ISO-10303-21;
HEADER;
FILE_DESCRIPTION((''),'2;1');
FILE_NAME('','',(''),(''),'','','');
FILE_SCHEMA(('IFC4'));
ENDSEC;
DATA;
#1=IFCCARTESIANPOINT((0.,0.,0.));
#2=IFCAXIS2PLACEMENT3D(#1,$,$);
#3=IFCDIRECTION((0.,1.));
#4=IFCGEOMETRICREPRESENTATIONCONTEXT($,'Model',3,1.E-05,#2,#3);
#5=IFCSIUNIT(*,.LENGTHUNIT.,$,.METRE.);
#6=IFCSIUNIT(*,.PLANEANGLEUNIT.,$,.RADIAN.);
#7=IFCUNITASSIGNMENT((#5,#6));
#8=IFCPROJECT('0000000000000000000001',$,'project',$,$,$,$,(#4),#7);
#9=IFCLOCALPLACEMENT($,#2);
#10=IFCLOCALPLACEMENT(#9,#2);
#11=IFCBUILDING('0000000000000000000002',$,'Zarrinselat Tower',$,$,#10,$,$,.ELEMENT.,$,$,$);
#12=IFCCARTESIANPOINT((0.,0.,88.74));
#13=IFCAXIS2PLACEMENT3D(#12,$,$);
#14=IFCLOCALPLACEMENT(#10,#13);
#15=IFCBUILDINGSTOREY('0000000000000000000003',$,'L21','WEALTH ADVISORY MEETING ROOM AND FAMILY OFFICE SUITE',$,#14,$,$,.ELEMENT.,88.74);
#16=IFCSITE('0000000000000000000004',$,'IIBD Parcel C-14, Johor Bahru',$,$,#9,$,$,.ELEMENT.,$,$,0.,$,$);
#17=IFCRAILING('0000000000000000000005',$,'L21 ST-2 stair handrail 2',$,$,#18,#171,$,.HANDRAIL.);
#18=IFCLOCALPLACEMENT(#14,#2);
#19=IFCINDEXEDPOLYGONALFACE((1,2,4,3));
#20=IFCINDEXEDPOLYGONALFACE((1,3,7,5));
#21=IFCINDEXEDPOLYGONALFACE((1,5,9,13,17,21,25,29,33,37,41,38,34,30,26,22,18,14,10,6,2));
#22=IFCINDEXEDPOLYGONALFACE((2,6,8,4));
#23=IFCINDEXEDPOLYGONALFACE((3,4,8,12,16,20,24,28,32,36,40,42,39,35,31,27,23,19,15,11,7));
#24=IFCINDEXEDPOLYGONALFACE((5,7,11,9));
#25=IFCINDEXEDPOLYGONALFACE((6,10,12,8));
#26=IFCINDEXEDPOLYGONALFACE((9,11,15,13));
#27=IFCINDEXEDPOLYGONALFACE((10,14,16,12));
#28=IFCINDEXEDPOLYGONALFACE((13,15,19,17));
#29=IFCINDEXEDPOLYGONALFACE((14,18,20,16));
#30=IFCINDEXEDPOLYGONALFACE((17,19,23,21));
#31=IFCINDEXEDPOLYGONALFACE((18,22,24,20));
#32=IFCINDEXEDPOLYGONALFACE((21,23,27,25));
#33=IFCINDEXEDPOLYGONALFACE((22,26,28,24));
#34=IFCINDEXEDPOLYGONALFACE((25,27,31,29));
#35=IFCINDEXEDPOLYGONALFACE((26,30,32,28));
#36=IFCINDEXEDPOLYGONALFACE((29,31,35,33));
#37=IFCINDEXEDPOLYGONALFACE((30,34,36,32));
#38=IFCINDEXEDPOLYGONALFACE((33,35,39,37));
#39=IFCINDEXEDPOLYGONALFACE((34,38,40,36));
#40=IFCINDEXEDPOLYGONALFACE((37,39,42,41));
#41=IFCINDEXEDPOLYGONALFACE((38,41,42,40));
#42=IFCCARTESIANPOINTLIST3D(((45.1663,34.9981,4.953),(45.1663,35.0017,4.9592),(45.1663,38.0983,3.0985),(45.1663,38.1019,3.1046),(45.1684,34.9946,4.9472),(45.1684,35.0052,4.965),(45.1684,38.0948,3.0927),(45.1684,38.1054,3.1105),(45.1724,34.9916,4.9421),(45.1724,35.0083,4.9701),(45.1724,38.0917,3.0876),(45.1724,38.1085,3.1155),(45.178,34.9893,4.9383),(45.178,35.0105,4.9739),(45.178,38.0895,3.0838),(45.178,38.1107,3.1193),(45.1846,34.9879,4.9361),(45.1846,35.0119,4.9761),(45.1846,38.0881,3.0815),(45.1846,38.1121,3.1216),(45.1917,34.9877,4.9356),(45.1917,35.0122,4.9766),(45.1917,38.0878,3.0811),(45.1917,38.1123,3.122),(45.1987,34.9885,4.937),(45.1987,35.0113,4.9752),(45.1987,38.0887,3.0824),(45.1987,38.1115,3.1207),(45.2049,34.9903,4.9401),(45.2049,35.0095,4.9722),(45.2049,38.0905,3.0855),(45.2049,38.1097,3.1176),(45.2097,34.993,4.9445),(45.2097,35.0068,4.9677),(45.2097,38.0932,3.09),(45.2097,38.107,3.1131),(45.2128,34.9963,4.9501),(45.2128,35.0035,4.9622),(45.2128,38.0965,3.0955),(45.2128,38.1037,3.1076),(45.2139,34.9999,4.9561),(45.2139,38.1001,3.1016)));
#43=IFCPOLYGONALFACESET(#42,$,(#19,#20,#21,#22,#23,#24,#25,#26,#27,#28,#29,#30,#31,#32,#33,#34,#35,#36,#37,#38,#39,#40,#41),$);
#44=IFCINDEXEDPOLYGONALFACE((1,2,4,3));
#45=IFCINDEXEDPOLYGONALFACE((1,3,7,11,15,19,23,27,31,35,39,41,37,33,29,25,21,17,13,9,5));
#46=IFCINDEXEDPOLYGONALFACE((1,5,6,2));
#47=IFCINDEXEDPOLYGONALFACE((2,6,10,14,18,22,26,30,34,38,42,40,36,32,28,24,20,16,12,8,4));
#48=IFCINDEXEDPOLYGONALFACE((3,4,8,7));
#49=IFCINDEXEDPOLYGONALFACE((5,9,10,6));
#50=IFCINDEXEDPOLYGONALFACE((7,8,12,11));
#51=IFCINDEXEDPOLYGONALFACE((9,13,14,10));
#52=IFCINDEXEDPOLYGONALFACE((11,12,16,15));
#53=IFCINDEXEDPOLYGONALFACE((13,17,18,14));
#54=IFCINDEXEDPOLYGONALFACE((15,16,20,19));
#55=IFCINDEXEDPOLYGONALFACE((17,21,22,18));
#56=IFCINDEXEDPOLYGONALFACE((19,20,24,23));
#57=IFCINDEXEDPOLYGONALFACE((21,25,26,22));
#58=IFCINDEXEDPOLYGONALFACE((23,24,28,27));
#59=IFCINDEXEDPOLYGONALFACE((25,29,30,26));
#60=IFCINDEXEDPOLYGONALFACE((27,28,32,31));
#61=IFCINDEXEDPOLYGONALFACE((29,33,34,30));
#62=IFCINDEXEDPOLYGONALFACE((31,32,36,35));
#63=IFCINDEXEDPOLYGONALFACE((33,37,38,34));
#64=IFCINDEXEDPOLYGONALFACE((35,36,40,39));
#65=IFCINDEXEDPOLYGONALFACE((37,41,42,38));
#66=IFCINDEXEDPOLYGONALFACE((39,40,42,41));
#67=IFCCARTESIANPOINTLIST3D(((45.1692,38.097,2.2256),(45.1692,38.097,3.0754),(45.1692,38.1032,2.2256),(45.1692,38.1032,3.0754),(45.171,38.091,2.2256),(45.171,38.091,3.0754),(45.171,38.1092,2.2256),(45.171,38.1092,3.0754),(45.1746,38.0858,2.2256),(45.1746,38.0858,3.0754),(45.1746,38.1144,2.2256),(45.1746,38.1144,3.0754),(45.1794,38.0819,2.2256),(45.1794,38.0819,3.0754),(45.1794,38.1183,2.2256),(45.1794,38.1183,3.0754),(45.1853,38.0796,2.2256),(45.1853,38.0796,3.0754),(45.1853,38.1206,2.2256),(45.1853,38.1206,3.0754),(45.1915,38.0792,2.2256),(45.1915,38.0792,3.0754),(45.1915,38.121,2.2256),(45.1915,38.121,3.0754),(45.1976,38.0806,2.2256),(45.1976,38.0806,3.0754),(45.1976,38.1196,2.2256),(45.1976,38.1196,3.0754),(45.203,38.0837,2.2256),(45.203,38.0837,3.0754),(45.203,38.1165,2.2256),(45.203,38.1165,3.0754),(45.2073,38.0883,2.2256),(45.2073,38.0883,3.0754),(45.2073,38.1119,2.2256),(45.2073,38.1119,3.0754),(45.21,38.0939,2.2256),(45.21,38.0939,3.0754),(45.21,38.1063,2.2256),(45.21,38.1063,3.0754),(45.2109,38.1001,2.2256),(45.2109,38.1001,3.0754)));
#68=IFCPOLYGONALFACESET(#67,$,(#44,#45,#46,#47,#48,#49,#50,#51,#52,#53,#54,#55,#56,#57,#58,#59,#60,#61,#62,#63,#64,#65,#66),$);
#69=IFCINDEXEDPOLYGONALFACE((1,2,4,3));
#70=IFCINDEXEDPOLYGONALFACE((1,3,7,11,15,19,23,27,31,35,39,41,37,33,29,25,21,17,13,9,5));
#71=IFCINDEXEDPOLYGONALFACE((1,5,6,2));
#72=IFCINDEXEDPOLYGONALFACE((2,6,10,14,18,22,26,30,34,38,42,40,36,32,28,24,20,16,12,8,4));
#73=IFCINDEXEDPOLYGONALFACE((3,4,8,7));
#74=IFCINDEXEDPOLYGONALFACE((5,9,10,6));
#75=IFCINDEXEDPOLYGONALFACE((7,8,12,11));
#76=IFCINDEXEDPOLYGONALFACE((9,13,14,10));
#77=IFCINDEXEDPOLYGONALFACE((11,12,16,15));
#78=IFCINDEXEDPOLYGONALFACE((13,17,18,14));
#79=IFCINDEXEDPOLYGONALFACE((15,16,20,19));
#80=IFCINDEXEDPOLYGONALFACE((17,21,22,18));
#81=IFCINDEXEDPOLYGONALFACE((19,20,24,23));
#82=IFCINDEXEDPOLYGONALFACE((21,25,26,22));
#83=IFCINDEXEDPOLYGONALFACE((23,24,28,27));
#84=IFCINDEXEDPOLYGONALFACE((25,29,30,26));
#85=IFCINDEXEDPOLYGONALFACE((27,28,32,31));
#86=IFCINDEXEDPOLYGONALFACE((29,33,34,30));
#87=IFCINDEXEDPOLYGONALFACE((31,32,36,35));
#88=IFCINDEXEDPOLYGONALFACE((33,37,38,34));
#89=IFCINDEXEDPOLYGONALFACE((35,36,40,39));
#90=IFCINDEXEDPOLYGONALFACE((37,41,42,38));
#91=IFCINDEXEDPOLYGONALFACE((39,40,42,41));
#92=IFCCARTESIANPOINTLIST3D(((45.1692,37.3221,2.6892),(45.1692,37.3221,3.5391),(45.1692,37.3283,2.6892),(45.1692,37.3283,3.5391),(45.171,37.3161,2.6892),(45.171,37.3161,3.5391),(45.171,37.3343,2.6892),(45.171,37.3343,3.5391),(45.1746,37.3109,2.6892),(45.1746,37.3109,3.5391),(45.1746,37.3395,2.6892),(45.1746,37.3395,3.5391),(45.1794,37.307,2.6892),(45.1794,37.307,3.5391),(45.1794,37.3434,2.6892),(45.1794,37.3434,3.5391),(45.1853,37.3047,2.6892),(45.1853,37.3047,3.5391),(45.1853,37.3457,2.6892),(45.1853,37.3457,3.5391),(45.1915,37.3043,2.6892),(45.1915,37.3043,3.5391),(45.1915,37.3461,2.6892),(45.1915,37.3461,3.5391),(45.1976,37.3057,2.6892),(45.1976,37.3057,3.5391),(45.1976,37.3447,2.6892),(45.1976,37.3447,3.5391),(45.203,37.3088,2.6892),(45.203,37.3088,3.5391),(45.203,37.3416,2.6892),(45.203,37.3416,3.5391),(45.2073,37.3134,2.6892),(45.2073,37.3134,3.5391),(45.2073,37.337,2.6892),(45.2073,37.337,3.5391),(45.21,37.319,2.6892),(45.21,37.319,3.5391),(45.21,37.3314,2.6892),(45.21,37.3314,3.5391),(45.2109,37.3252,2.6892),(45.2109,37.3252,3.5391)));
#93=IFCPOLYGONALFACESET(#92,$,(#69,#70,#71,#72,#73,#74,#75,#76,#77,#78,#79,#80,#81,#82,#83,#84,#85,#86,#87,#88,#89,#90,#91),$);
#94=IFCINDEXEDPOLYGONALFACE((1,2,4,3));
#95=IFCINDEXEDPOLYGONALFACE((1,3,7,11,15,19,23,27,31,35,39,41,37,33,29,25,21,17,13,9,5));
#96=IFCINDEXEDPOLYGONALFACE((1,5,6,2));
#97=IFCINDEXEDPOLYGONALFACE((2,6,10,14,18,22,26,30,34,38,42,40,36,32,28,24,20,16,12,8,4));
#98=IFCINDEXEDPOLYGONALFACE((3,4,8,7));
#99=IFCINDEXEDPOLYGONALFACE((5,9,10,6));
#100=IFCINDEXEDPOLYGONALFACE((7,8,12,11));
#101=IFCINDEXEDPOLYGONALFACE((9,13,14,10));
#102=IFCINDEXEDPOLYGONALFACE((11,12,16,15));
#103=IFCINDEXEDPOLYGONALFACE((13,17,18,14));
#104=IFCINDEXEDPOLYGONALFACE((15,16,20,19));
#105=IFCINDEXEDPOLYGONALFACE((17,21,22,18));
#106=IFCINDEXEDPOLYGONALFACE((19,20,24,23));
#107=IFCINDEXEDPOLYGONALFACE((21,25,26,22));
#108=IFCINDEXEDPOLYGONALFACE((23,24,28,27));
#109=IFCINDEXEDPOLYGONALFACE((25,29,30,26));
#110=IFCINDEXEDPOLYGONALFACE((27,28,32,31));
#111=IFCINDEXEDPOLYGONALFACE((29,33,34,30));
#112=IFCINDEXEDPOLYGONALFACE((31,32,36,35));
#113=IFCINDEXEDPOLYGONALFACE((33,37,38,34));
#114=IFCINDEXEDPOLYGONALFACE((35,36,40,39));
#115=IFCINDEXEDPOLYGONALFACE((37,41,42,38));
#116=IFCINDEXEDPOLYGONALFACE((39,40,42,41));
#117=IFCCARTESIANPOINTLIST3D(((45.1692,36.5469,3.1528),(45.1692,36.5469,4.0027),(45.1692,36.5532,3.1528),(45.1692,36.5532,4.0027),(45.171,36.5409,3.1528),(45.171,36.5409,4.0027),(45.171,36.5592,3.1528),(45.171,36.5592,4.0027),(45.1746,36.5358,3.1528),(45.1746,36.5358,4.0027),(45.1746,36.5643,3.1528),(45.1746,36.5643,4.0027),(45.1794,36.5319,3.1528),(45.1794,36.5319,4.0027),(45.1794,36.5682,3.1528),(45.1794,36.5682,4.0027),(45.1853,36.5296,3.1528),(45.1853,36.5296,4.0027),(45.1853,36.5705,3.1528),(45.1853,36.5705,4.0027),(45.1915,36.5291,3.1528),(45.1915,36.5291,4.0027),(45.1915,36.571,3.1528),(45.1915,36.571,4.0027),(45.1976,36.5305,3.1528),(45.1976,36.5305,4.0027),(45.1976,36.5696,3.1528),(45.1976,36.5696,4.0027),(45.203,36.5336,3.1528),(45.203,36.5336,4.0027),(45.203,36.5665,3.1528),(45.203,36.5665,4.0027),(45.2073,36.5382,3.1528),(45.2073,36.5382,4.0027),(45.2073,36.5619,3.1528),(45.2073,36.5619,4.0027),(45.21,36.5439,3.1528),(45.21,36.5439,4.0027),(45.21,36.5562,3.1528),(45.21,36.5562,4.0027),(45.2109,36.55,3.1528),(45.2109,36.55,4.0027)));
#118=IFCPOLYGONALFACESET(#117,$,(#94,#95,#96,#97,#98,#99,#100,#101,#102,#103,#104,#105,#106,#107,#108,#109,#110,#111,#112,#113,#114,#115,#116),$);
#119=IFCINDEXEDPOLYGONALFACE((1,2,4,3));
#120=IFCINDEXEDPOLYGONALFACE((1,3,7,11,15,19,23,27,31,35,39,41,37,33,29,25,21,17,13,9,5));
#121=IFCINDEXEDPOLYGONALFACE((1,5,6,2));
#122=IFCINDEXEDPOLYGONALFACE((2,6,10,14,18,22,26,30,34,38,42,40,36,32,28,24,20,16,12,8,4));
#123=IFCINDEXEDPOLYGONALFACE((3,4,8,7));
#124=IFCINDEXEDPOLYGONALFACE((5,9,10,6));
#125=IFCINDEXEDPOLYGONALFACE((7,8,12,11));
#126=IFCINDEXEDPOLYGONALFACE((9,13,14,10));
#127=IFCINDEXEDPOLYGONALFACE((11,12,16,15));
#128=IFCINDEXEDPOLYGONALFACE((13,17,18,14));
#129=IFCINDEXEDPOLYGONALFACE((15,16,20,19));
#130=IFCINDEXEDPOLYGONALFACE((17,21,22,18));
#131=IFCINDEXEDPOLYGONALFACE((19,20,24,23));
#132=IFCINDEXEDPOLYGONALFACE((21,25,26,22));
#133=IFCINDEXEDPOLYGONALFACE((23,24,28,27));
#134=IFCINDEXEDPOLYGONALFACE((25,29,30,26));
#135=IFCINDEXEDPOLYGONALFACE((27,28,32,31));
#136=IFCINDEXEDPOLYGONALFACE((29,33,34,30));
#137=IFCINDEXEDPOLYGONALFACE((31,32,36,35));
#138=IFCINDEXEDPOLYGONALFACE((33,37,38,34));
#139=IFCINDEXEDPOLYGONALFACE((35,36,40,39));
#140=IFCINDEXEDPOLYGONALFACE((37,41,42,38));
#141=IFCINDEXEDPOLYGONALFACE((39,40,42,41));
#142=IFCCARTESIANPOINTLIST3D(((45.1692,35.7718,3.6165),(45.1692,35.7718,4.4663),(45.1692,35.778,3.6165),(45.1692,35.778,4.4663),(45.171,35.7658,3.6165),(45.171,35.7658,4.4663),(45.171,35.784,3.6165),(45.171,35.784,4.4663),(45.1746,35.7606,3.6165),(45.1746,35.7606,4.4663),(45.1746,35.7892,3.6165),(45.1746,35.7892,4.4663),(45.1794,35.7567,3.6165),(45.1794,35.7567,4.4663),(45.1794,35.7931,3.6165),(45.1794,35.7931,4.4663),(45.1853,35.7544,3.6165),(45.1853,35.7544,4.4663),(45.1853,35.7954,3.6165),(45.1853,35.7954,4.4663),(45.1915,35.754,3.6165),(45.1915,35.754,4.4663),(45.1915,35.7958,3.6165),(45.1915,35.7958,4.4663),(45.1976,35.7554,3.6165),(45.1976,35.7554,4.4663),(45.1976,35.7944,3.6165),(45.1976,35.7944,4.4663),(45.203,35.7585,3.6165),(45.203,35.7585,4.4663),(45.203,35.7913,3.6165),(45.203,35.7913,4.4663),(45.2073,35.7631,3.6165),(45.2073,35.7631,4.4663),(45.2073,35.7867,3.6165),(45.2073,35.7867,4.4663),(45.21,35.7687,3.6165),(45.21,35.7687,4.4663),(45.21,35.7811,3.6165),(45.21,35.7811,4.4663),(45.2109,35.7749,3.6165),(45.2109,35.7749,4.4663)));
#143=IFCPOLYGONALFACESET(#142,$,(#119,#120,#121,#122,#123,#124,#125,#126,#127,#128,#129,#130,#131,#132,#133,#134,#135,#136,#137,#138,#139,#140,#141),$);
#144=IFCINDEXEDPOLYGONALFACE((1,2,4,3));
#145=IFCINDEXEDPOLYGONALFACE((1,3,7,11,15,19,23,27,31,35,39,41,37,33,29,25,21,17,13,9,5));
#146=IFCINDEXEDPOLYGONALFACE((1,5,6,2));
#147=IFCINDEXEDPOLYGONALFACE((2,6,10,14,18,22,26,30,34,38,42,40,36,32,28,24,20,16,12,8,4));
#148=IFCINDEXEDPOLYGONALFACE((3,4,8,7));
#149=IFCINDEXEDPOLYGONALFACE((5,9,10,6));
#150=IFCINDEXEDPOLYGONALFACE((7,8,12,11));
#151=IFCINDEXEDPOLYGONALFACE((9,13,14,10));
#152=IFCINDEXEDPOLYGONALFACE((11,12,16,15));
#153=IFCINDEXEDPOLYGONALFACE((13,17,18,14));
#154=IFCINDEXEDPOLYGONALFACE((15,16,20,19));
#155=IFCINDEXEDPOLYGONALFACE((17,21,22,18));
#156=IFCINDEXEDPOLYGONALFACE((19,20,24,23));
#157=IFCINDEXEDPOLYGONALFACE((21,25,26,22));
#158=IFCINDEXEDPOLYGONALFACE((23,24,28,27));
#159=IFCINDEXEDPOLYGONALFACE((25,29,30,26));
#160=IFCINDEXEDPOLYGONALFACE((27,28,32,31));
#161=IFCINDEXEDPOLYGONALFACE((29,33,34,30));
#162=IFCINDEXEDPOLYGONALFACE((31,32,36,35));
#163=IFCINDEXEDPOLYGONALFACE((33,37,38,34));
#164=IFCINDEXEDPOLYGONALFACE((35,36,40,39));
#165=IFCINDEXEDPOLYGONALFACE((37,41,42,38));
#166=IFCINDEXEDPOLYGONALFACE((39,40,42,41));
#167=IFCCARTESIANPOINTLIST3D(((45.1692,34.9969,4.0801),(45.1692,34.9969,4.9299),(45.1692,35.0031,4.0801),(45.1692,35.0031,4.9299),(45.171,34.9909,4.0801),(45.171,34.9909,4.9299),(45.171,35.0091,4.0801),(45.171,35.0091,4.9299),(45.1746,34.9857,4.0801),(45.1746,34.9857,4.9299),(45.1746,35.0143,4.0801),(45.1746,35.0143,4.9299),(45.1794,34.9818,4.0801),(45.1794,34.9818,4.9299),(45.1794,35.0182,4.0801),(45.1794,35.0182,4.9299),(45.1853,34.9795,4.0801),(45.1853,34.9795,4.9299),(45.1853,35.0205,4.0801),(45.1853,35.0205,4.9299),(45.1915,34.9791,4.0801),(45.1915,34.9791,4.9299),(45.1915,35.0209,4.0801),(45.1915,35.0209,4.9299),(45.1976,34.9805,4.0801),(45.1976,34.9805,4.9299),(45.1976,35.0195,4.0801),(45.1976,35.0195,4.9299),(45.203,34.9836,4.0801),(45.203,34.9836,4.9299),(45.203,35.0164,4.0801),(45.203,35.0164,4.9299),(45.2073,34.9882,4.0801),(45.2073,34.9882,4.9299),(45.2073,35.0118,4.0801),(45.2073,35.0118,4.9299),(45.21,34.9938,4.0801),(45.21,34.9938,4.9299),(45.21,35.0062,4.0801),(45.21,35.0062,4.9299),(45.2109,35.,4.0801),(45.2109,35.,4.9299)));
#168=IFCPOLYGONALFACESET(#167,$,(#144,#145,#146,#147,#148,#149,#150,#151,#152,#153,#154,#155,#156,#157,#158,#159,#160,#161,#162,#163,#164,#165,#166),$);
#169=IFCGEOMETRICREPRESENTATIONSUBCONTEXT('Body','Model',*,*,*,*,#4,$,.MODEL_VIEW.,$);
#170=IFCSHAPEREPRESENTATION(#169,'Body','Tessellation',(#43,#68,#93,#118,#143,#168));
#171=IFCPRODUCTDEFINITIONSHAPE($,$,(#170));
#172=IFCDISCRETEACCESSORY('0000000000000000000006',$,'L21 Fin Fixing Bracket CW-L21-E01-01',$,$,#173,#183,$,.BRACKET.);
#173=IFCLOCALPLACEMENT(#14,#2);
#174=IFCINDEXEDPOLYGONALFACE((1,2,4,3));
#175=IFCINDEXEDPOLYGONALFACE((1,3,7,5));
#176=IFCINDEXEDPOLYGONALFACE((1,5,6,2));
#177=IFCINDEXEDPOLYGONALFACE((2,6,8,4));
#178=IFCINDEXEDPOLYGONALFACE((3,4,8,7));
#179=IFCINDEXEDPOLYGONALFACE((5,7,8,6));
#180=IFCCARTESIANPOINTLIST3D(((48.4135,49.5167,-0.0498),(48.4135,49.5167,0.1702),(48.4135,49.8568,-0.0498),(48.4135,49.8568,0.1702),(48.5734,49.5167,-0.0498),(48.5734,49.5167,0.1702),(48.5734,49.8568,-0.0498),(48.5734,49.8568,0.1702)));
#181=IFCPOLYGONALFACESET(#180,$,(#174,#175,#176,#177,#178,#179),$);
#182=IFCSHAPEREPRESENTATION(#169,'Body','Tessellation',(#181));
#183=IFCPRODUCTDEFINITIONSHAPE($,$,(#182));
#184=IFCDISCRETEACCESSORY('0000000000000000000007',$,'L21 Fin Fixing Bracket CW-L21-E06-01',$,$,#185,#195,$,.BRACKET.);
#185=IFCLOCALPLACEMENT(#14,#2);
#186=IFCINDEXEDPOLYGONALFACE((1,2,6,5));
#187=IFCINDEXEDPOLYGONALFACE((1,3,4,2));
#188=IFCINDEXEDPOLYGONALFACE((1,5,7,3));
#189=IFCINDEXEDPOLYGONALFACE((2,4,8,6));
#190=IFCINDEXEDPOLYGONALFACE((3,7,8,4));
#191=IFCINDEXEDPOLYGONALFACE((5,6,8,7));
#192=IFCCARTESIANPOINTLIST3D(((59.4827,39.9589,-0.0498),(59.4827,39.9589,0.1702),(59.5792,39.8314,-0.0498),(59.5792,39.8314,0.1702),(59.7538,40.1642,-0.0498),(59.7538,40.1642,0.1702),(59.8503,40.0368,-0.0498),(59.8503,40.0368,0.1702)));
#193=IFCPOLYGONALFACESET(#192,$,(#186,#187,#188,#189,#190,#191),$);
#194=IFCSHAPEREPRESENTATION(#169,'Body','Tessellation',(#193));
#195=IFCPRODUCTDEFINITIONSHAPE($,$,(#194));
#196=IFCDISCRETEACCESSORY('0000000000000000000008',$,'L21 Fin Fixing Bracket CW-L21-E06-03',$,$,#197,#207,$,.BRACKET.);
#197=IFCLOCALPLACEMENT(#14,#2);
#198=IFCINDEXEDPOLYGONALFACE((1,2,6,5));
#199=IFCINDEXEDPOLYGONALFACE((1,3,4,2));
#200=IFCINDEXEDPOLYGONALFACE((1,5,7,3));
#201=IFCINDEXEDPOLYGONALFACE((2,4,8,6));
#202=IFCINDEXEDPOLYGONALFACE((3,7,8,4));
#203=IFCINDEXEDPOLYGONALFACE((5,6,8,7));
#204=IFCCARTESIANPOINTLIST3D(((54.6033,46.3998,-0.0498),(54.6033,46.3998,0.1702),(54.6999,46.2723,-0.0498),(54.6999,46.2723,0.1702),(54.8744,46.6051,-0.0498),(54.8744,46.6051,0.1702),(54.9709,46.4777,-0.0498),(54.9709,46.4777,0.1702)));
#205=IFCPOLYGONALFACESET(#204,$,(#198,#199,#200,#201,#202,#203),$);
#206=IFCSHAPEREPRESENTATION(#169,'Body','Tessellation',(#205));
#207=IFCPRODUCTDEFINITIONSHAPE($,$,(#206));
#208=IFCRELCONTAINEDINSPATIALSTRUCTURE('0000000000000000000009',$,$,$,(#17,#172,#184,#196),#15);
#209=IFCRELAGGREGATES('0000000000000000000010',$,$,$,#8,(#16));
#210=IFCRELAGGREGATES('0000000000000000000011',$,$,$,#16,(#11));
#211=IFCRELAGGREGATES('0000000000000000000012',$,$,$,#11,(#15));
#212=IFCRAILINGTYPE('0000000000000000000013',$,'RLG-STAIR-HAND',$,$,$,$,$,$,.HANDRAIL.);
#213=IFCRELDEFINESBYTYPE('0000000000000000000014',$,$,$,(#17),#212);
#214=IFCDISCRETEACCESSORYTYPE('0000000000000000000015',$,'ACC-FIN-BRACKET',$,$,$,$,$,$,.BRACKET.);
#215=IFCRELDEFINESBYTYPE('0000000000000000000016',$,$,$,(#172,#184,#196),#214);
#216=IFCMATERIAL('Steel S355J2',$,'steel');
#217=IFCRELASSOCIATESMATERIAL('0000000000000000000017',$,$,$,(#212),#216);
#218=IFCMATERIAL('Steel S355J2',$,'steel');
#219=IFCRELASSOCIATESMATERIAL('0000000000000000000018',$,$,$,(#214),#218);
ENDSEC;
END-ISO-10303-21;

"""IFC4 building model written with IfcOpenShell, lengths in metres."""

from ifc_helpers import new_model, si_unit, direction, frame, origin, origin_2d, place, context, subcontext, project, spatial, rectangle, circle, extrude, material, type_object, element, save


model = new_model("IFC4")

# Units and contexts
model_context = context("Model", 3, precision=1e-05, world=origin(), true_north=direction((0.0, 1.0)))
body_context = subcontext(model_context, "Body", "Model", "MODEL_VIEW")
ifc_project = project(units=[si_unit("LENGTHUNIT", "METRE"), si_unit("PLANEANGLEUNIT", "RADIAN")], contexts=[model_context])

# Site, building, storey
site_placement = place(None, origin())
site = spatial("IfcSite", under=ifc_project, at=site_placement, Name="IIBD Parcel C-14, Johor Bahru", CompositionType="ELEMENT", RefElevation=0.0)
building_placement = place(site_placement, origin())
building = spatial("IfcBuilding", under=site, at=building_placement, Name="Zarrinselat Tower", CompositionType="ELEMENT")
storey_placement = place(building_placement, frame((0.0, 0.0, 88.74)))
storey = spatial("IfcBuildingStorey", under=building, at=storey_placement, Name="L21", Description="WEALTH ADVISORY MEETING ROOM AND FAMILY OFFICE SUITE", CompositionType="ELEMENT", Elevation=88.74)

# Railing
ifc_material_1 = material(Name="Steel S355J2", Category="steel")
railing_type_1 = type_object("IfcRailingType", Name="RLG-STAIR-HAND", PredefinedType="HANDRAIL", material=ifc_material_1)
railing_1_placement = place(storey_placement, frame((45.1899, 38.1001, 2.2256)))
element("IfcRailing", 1, at=railing_1_placement, inside=storey, type_object=railing_type_1, Name="L21 ST-2 stair handrail 2", PredefinedType="HANDRAIL", context=body_context, shape_type="SweptSolid", body=[
    extrude(circle(Radius=0.0239, at=origin_2d()), frame((0.0, 0.0, 0.876), z_axis=(0.0, -0.858172, 0.513362), x_axis=(1.0, 0.0, 0.0)), (0.0, 0.0, 1.0), 3.6125),
    extrude(circle(Radius=0.021, at=origin_2d()), origin(), (0.0, 0.0, 1.0), 0.8499),
    extrude(circle(Radius=0.021, at=origin_2d()), frame((0.0, -0.7749, 0.4636)), (0.0, 0.0, 1.0), 0.8499),
    extrude(circle(Radius=0.021, at=origin_2d()), frame((0.0, -1.55, 0.9272)), (0.0, 0.0, 1.0), 0.8499),
    extrude(circle(Radius=0.021, at=origin_2d()), frame((0.0, -2.3252, 1.3909)), (0.0, 0.0, 1.0), 0.8499),
    extrude(circle(Radius=0.021, at=origin_2d()), frame((0.0, -3.1001, 1.8545)), (0.0, 0.0, 1.0), 0.8499),
])

# Discrete accessories
ifc_material_2 = material(Name="Steel S355J2", Category="steel")
discrete_accessory_type = type_object("IfcDiscreteAccessoryType", Name="ACC-FIN-BRACKET", PredefinedType="BRACKET", material=ifc_material_2)
for number, where, z_axis, x_axis, name in (
    (2, (48.4934, 49.6868, -0.0498), (0.0, 0.0, 1.0), (0.0, 1.0, 0.0), "L21 Fin Fixing Bracket CW-L21-E01-01"),
    (3, (59.6665, 39.9978, -0.0498), (0.0, 0.0, 1.0), (0.797092, 0.603858, 0.0), "L21 Fin Fixing Bracket CW-L21-E06-01"),
    (4, (54.7871, 46.4387, -0.0498), (0.0, 0.0, 1.0), (0.797092, 0.603858, 0.0), "L21 Fin Fixing Bracket CW-L21-E06-03"),
):
    element("IfcDiscreteAccessory", number, at=place(storey_placement, frame(where, z_axis=z_axis, x_axis=x_axis)), inside=storey, type_object=discrete_accessory_type, Name=name, PredefinedType="BRACKET", context=body_context, shape_type="SweptSolid", body=[
        extrude(rectangle(XDim=0.3401, YDim=0.1599, at=origin_2d()), origin(), (0.0, 0.0, 1.0), 0.22),
    ])

save(model, "model.ifc")
